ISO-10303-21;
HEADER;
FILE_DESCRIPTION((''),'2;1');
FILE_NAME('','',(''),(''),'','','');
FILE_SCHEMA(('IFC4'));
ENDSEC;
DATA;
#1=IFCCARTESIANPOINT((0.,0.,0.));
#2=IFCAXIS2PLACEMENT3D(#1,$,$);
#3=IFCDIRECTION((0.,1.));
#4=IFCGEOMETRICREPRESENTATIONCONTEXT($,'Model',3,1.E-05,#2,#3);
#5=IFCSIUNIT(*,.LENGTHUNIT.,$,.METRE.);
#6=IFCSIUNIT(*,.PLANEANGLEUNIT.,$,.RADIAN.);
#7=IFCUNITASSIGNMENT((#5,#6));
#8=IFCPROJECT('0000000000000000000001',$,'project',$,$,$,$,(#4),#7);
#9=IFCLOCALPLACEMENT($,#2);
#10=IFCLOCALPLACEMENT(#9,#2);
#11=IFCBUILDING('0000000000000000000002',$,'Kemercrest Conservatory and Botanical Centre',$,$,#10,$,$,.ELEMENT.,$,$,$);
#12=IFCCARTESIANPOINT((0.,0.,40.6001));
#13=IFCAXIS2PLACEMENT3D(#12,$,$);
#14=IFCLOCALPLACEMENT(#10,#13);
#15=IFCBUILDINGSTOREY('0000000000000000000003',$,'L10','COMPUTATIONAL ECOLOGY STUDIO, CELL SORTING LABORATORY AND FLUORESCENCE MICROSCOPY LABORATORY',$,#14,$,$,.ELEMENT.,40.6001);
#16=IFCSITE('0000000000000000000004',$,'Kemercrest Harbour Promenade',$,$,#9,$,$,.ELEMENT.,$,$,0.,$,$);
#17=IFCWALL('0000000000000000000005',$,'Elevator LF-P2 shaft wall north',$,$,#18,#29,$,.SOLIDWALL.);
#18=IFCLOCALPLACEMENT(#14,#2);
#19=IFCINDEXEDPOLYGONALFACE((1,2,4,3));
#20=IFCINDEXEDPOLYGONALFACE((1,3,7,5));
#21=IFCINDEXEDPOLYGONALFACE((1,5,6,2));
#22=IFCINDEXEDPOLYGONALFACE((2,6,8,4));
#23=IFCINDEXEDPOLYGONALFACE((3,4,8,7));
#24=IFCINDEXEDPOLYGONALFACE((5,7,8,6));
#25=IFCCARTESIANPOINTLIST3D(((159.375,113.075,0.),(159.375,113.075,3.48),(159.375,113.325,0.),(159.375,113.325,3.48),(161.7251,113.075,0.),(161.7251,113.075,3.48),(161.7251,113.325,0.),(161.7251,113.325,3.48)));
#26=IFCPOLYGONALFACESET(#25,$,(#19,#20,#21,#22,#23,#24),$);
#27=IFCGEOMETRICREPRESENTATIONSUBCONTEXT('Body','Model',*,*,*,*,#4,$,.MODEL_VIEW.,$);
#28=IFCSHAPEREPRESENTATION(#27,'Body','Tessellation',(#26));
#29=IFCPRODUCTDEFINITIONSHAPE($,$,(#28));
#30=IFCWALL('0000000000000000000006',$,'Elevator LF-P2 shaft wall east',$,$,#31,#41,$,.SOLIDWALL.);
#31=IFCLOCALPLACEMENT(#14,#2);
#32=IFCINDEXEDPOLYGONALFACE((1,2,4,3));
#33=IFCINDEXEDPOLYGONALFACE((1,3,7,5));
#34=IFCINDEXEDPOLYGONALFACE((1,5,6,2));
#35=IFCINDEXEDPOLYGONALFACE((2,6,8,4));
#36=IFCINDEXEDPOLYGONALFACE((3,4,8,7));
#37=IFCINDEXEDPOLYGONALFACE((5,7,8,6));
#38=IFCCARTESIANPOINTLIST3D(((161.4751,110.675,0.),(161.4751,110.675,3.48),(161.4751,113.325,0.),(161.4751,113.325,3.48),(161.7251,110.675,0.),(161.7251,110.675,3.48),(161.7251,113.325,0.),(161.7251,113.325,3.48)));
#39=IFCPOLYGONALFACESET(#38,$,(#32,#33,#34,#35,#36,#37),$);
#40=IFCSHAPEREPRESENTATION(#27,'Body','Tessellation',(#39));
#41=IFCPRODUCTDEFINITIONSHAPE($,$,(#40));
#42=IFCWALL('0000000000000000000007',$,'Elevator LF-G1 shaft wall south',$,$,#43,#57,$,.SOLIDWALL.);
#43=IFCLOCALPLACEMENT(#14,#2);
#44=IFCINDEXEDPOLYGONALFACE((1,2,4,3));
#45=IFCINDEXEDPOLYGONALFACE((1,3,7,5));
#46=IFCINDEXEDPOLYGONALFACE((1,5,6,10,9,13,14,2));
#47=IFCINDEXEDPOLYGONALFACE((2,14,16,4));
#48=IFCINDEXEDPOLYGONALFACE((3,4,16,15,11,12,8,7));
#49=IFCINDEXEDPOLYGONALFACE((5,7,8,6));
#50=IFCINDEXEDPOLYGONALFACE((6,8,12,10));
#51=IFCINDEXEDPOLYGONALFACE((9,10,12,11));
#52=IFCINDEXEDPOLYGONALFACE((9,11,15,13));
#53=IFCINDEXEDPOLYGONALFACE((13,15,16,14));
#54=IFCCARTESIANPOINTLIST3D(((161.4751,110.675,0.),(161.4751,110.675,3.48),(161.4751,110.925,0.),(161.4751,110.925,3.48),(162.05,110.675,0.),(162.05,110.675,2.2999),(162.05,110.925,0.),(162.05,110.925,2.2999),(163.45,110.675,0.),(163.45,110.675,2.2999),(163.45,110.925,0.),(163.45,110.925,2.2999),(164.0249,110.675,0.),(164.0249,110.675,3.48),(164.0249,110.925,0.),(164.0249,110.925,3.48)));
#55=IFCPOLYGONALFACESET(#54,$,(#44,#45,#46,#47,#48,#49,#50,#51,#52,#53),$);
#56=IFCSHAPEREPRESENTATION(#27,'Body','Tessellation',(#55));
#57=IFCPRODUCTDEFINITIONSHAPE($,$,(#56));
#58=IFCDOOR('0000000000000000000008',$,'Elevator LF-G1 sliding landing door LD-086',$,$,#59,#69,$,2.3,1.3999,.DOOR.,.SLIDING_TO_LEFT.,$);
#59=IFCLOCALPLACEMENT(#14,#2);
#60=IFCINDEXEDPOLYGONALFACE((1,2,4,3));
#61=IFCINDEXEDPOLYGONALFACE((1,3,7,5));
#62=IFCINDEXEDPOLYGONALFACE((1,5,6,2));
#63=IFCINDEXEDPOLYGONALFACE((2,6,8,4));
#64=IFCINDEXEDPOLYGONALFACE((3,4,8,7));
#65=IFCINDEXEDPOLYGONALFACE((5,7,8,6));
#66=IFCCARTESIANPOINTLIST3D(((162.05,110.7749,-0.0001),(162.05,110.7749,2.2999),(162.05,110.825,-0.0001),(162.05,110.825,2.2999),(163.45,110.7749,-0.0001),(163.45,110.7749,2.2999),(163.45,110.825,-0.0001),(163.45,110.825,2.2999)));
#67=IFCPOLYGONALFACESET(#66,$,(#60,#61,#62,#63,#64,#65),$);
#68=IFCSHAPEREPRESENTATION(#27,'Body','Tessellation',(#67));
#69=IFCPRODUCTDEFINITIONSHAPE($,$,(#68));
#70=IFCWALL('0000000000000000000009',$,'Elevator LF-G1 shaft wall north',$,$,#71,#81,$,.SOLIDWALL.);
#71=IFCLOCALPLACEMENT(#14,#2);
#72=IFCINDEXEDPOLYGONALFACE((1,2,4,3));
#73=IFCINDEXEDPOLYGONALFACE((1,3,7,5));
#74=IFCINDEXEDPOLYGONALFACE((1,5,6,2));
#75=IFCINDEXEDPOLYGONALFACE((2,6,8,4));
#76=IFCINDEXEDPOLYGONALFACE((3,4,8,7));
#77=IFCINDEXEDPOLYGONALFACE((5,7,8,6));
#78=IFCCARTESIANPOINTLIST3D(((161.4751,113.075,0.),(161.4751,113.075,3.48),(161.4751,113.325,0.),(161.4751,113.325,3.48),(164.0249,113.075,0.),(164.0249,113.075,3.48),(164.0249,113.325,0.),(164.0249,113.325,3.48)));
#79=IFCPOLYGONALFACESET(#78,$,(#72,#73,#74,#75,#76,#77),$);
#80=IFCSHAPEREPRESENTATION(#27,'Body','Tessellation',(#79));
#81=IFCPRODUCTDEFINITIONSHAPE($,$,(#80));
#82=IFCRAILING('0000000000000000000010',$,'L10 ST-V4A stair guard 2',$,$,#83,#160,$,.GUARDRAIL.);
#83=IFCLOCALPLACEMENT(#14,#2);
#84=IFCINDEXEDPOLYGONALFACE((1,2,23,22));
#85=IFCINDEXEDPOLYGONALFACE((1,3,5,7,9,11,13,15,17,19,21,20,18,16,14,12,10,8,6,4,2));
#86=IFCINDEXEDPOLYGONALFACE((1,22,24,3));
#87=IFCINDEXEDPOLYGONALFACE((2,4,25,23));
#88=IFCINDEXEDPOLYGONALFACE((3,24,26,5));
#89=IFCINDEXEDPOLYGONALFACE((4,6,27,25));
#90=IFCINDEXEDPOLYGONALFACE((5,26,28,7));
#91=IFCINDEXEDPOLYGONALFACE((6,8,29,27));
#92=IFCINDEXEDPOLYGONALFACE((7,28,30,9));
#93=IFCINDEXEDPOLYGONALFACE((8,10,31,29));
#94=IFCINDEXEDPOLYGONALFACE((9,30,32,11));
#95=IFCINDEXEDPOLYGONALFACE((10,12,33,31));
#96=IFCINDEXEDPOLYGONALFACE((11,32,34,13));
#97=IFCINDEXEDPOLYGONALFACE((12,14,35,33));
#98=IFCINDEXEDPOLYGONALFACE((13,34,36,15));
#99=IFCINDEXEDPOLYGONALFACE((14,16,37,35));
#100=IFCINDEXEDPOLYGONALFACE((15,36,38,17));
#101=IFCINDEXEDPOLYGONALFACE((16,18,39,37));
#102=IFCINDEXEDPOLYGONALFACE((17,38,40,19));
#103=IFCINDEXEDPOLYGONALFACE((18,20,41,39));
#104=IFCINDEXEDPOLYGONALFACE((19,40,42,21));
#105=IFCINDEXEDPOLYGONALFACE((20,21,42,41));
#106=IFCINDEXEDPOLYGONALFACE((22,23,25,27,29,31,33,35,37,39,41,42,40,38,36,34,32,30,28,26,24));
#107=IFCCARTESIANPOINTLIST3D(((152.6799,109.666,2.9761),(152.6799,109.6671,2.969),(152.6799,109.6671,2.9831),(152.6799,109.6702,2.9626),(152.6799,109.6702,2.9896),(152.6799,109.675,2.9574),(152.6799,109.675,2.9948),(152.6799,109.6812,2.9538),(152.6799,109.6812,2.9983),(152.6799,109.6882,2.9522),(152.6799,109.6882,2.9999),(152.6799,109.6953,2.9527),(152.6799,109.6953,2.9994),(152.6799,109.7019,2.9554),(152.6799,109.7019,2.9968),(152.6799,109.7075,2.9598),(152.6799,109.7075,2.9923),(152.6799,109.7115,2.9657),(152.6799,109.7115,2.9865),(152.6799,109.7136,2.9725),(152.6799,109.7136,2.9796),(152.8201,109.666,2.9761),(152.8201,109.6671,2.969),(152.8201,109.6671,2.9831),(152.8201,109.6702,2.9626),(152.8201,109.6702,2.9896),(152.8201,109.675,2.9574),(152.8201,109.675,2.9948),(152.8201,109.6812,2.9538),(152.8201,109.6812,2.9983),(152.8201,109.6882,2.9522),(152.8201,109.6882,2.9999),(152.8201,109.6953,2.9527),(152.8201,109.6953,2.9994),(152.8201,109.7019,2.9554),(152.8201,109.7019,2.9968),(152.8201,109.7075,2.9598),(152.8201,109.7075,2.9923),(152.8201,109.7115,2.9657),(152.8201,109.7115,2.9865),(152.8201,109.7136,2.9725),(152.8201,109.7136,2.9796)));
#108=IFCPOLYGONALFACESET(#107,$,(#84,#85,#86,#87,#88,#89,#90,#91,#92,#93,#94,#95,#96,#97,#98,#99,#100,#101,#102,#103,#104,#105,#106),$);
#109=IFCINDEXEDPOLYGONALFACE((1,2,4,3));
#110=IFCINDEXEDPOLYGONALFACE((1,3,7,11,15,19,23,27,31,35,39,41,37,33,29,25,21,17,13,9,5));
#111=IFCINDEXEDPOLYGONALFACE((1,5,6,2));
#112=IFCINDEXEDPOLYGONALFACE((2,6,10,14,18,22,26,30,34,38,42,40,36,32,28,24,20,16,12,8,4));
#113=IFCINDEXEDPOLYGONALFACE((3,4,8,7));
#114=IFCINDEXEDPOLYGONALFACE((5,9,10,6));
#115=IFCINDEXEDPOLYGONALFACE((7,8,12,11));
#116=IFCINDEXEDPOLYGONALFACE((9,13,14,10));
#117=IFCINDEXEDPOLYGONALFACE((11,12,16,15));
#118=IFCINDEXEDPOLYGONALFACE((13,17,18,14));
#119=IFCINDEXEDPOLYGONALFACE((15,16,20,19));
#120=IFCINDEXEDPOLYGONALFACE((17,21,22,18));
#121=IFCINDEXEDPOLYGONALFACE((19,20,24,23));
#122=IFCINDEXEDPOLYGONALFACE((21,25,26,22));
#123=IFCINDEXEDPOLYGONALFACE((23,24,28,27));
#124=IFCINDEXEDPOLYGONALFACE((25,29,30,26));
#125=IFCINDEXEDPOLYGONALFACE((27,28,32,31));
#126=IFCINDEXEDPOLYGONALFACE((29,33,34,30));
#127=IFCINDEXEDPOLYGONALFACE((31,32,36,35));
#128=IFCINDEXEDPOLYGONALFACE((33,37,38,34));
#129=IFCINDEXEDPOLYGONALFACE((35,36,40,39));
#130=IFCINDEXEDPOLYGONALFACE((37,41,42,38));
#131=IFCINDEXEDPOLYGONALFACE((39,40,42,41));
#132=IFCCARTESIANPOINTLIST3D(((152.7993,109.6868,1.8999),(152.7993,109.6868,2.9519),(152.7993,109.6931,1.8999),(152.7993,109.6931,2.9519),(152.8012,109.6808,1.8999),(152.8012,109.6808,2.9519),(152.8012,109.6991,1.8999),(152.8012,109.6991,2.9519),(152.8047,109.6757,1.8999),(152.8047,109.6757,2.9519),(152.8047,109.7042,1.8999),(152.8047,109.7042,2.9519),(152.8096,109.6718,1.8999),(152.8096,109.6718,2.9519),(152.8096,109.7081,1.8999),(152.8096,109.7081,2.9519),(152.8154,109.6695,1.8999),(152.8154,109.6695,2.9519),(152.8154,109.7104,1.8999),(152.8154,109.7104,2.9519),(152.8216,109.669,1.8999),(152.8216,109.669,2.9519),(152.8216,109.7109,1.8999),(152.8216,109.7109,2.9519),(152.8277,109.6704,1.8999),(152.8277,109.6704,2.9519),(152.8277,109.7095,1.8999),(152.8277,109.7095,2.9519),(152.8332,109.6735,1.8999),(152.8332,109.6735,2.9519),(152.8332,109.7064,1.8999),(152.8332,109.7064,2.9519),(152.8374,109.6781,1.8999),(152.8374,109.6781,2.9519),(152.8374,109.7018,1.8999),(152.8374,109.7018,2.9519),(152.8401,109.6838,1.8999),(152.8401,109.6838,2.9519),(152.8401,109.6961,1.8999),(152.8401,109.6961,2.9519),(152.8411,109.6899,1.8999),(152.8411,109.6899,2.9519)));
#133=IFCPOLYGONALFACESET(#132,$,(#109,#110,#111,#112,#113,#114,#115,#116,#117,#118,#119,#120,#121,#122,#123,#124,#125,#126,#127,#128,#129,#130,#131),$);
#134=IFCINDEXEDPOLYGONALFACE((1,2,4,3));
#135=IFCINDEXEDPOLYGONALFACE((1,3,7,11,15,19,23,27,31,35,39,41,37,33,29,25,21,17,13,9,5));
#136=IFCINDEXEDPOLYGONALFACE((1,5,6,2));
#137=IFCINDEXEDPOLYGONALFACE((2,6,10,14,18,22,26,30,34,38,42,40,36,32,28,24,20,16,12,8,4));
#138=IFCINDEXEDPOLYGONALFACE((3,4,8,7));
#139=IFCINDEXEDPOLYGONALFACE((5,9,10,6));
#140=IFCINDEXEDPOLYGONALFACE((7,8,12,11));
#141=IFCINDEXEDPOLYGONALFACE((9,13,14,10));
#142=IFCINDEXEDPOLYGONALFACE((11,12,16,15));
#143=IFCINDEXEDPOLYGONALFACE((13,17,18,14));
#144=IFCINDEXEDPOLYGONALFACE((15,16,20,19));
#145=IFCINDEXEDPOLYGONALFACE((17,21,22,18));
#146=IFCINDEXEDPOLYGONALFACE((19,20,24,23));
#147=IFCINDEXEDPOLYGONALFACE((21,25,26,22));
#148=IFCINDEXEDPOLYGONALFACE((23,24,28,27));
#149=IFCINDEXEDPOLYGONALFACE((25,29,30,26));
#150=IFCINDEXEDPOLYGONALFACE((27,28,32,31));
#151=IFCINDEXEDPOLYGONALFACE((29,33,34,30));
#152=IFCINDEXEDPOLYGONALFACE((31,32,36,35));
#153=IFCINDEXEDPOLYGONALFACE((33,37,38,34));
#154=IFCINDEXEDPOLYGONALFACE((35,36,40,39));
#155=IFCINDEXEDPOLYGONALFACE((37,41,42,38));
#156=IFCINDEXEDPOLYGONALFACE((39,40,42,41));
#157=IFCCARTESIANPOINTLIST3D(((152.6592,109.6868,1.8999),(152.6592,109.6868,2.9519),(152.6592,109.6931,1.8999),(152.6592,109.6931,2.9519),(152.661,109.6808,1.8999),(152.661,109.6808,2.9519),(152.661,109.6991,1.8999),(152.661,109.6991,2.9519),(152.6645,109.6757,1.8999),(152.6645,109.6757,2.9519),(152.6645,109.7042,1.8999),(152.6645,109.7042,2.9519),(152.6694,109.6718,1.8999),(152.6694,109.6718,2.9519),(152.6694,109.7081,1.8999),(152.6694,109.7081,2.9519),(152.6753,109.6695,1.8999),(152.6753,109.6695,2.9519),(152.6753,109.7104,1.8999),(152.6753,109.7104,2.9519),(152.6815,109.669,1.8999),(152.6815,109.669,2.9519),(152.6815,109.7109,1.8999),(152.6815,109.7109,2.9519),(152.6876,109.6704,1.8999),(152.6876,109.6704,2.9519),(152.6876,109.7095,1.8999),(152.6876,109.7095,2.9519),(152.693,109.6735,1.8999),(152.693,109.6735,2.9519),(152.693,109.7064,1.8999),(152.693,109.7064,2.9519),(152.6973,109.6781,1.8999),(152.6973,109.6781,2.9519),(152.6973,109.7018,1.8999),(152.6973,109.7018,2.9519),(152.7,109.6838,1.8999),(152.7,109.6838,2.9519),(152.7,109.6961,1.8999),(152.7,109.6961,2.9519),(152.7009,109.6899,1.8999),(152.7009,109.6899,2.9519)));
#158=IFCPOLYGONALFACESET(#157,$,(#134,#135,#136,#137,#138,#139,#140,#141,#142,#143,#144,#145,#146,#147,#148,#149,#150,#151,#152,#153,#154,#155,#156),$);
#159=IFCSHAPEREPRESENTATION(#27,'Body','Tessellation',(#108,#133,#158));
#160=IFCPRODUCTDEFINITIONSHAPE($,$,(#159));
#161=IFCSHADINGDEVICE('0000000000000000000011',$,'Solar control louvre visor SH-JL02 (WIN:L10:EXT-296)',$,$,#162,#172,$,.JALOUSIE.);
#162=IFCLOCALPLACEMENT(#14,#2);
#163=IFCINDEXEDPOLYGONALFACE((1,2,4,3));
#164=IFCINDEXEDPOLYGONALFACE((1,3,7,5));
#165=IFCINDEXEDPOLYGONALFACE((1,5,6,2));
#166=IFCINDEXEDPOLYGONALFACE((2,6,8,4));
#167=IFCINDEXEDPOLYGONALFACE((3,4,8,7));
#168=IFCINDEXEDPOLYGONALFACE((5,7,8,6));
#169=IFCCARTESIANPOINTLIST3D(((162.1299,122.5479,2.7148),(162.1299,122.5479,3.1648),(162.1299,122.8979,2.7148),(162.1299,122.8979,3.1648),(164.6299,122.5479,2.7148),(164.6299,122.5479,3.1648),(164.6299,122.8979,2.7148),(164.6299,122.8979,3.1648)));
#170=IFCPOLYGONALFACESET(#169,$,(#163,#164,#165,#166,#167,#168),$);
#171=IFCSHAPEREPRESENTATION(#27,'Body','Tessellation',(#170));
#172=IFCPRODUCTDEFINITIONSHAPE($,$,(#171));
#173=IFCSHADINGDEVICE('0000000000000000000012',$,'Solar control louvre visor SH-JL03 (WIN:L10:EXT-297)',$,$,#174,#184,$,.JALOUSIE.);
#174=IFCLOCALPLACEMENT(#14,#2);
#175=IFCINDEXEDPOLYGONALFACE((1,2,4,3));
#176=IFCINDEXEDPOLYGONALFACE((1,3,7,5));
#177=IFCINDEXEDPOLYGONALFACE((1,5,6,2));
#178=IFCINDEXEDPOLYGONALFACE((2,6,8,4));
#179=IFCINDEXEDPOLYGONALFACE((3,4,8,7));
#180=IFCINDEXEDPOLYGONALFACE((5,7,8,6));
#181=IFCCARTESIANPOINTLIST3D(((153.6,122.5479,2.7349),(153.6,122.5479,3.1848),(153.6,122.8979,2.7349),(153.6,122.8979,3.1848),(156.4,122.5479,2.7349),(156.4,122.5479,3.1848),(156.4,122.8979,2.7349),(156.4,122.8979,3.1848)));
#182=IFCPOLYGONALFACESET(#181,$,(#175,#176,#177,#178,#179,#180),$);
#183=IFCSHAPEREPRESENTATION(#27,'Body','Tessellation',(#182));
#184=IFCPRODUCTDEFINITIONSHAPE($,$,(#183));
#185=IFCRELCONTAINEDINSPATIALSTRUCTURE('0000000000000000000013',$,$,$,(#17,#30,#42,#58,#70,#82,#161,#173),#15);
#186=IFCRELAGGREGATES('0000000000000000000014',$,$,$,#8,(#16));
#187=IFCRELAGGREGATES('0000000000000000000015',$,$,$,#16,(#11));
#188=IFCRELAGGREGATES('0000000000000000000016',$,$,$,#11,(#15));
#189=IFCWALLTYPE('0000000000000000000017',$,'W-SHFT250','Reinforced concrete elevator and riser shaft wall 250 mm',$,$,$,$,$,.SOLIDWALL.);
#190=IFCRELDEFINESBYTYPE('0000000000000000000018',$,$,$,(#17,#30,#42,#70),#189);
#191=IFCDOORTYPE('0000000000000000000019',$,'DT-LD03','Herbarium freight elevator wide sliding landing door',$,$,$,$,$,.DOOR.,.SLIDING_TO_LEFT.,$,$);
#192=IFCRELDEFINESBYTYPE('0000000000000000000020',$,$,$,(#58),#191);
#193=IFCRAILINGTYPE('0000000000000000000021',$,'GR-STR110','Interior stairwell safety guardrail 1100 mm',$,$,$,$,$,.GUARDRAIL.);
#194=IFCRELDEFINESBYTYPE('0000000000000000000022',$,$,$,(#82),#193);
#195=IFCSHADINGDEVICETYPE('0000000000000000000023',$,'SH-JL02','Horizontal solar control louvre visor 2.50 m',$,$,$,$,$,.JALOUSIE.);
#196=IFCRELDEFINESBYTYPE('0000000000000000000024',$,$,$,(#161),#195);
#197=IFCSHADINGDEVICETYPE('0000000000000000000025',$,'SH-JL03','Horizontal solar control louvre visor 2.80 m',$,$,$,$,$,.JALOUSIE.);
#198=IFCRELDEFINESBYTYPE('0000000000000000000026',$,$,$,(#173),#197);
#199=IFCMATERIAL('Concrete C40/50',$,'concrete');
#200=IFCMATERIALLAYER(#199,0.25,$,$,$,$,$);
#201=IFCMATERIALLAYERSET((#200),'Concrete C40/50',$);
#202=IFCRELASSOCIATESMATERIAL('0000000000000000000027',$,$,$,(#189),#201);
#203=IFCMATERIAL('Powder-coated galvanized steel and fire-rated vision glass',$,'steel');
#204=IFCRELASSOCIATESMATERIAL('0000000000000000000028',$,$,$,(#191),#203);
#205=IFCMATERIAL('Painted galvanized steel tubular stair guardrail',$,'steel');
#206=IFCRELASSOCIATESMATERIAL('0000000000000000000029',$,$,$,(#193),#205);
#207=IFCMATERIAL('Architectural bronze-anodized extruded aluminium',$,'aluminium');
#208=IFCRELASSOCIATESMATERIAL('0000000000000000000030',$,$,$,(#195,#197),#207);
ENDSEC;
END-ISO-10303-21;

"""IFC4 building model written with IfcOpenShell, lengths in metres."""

from ifc_helpers import new_model, si_unit, direction, frame, frame_2d, origin, origin_2d, place, context, subcontext, project, spatial, rectangle, circle, extrude, material, layer, layer_set, type_object, element, fill, save


model = new_model("IFC4")

# Units and contexts
model_context = context("Model", 3, precision=1e-05, world=origin(), true_north=direction((0.0, 1.0)))
body_context = subcontext(model_context, "Body", "Model", "MODEL_VIEW")
ifc_project = project(units=[si_unit("LENGTHUNIT", "METRE"), si_unit("PLANEANGLEUNIT", "RADIAN")], contexts=[model_context])

# Site, building, storey
site_placement = place(None, origin())
site = spatial("IfcSite", under=ifc_project, at=site_placement, Name="Kemercrest Harbour Promenade", CompositionType="ELEMENT", RefElevation=0.0)
building_placement = place(site_placement, origin())
building = spatial("IfcBuilding", under=site, at=building_placement, Name="Kemercrest Conservatory and Botanical Centre", CompositionType="ELEMENT")
storey_placement = place(building_placement, frame((0.0, 0.0, 40.6001)))
storey = spatial("IfcBuildingStorey", under=building, at=storey_placement, Name="L10", Description="COMPUTATIONAL ECOLOGY STUDIO, CELL SORTING LABORATORY AND FLUORESCENCE MICROSCOPY LABORATORY", CompositionType="ELEMENT", Elevation=40.6001)

# Shared definitions
ifc_material_1 = material(Name="Concrete C40/50", Category="concrete")

# Shared definitions
ifc_layer_1 = layer(ifc_material_1, 0.25)
ifc_layer_set_1 = layer_set([ifc_layer_1], Name="Concrete C40/50")
wall_type_1 = type_object("IfcWallType", Name="W-SHFT250", Description="Reinforced concrete elevator and riser shaft wall 250 mm", PredefinedType="SOLIDWALL", material=ifc_layer_set_1)
ifc_material_2 = material(Name="Powder-coated galvanized steel and fire-rated vision glass", Category="steel")

# Walls
wall_1_placement = place(storey_placement, frame((159.375, 113.2, 0.0), z_axis=(0.0, 0.0, 1.0), x_axis=(1.0, 0.0, 0.0)))
element("IfcWall", 1, at=wall_1_placement, inside=storey, type_object=wall_type_1, Name="Elevator LF-P2 shaft wall north", PredefinedType="SOLIDWALL", context=body_context, shape_type="SweptSolid", body=[
    extrude(rectangle(XDim=2.3501, YDim=0.25, at=frame_2d((1.175, 0.0))), origin(), (0.0, 0.0, 1.0), 3.48),
])
wall_2_placement = place(storey_placement, frame((161.6001, 110.675, 0.0), z_axis=(0.0, 0.0, 1.0), x_axis=(0.0, 1.0, 0.0)))
element("IfcWall", 2, at=wall_2_placement, inside=storey, type_object=wall_type_1, Name="Elevator LF-P2 shaft wall east", PredefinedType="SOLIDWALL", context=body_context, shape_type="SweptSolid", body=[
    extrude(rectangle(XDim=2.6499, YDim=0.25, at=frame_2d((1.325, 0.0))), origin(), (0.0, 0.0, 1.0), 3.48),
])

# Wall, opening, door
wall_3_placement = place(storey_placement, frame((161.4751, 110.8, 0.0), z_axis=(0.0, 0.0, 1.0), x_axis=(1.0, 0.0, 0.0)))
wall_3 = element("IfcWall", 3, at=wall_3_placement, inside=storey, type_object=wall_type_1, Name="Elevator LF-G1 shaft wall south", PredefinedType="SOLIDWALL", context=body_context, shape_type="SweptSolid", body=[
    extrude(rectangle(XDim=2.5498, YDim=0.25, at=frame_2d((1.2749, 0.0))), origin(), (0.0, 0.0, 1.0), 3.48),
])
opening_1_placement = place(wall_3_placement, frame((0.575, 0.0, 0.0)))
opening_1 = element("IfcOpeningElement", 4, at=opening_1_placement, cuts=wall_3, PredefinedType="OPENING", context=body_context, shape_type="SweptSolid", body=[
    extrude(rectangle(XDim=1.3999, YDim=2.3, at=frame_2d((0.7, 1.1499))), frame((0.0, 0.135, 0.0), z_axis=(0.0, -1.0, 0.0), x_axis=(1.0, 0.0, 0.0)), (0.0, 0.0, 1.0), 0.27),
])
door_type_1 = type_object("IfcDoorType", Name="DT-LD03", Description="Herbarium freight elevator wide sliding landing door", OperationType="SLIDING_TO_LEFT", PredefinedType="DOOR", material=ifc_material_2)
door_1_placement = place(opening_1_placement, origin())
door_1 = element("IfcDoor", 5, at=door_1_placement, inside=storey, type_object=door_type_1, Name="Elevator LF-G1 sliding landing door LD-086", OperationType="SLIDING_TO_LEFT", OverallHeight=2.3, OverallWidth=1.3999, PredefinedType="DOOR", context=body_context, shape_type="SweptSolid", body=[
    extrude(rectangle(XDim=1.3999, YDim=2.3, at=frame_2d((0.7, 1.1499))), frame((0.0, 0.0249, 0.0), z_axis=(0.0, -1.0, 0.0), x_axis=(1.0, 0.0, 0.0)), (0.0, 0.0, 1.0), 0.05),
])
fill(opening_1, door_1)

# Wall
wall_4_placement = place(storey_placement, frame((161.4751, 113.2, 0.0), z_axis=(0.0, 0.0, 1.0), x_axis=(1.0, 0.0, 0.0)))
element("IfcWall", 6, at=wall_4_placement, inside=storey, type_object=wall_type_1, Name="Elevator LF-G1 shaft wall north", PredefinedType="SOLIDWALL", context=body_context, shape_type="SweptSolid", body=[
    extrude(rectangle(XDim=2.5498, YDim=0.25, at=frame_2d((1.2749, 0.0))), origin(), (0.0, 0.0, 1.0), 3.48),
])

# Railing
ifc_material_3 = material(Name="Painted galvanized steel tubular stair guardrail", Category="steel")
railing_type = type_object("IfcRailingType", Name="GR-STR110", Description="Interior stairwell safety guardrail 1100 mm", PredefinedType="GUARDRAIL", material=ifc_material_3)
railing_placement = place(storey_placement, frame((152.8201, 109.6899, 1.8999)))
element("IfcRailing", 7, at=railing_placement, inside=storey, type_object=railing_type, Name="L10 ST-V4A stair guard 2", PredefinedType="GUARDRAIL", context=body_context, shape_type="SweptSolid", body=[
    extrude(circle(Radius=0.0239, at=origin_2d()), frame((0.0, 0.0, 1.0762), z_axis=(-1.0, 0.0, 0.0), x_axis=(0.0, -1.0, 0.0)), (0.0, 0.0, 1.0), 0.1401),
    extrude(circle(Radius=0.021, at=origin_2d()), origin(), (0.0, 0.0, 1.0), 1.052),
    extrude(circle(Radius=0.021, at=origin_2d()), frame((-0.1401, 0.0, 0.0)), (0.0, 0.0, 1.0), 1.052),
])

# Shading devices
ifc_material_4 = material(Name="Architectural bronze-anodized extruded aluminium", Category="aluminium")
shading_device_type_1 = type_object("IfcShadingDeviceType", Name="SH-JL02", Description="Horizontal solar control louvre visor 2.50 m", PredefinedType="JALOUSIE", material=ifc_material_4)
shading_device_1_placement = place(storey_placement, frame((163.3799, 122.7229, 2.7148), z_axis=(0.0, 0.0, 1.0), x_axis=(-1.0, 0.0, 0.0)))
element("IfcShadingDevice", 8, at=shading_device_1_placement, inside=storey, type_object=shading_device_type_1, Name="Solar control louvre visor SH-JL02 (WIN:L10:EXT-296)", PredefinedType="JALOUSIE", context=body_context, shape_type="SweptSolid", body=[
    extrude(rectangle(XDim=2.5, YDim=0.3501, at=origin_2d()), origin(), (0.0, 0.0, 1.0), 0.45),
])
shading_device_type_2 = type_object("IfcShadingDeviceType", Name="SH-JL03", Description="Horizontal solar control louvre visor 2.80 m", PredefinedType="JALOUSIE", material=ifc_material_4)
shading_device_2_placement = place(storey_placement, frame((155.0, 122.7229, 2.7349), z_axis=(0.0, 0.0, 1.0), x_axis=(-1.0, 0.0, 0.0)))
element("IfcShadingDevice", 9, at=shading_device_2_placement, inside=storey, type_object=shading_device_type_2, Name="Solar control louvre visor SH-JL03 (WIN:L10:EXT-297)", PredefinedType="JALOUSIE", context=body_context, shape_type="SweptSolid", body=[
    extrude(rectangle(XDim=2.8, YDim=0.3501, at=origin_2d()), origin(), (0.0, 0.0, 1.0), 0.45),
])

save(model, "model.ifc")
